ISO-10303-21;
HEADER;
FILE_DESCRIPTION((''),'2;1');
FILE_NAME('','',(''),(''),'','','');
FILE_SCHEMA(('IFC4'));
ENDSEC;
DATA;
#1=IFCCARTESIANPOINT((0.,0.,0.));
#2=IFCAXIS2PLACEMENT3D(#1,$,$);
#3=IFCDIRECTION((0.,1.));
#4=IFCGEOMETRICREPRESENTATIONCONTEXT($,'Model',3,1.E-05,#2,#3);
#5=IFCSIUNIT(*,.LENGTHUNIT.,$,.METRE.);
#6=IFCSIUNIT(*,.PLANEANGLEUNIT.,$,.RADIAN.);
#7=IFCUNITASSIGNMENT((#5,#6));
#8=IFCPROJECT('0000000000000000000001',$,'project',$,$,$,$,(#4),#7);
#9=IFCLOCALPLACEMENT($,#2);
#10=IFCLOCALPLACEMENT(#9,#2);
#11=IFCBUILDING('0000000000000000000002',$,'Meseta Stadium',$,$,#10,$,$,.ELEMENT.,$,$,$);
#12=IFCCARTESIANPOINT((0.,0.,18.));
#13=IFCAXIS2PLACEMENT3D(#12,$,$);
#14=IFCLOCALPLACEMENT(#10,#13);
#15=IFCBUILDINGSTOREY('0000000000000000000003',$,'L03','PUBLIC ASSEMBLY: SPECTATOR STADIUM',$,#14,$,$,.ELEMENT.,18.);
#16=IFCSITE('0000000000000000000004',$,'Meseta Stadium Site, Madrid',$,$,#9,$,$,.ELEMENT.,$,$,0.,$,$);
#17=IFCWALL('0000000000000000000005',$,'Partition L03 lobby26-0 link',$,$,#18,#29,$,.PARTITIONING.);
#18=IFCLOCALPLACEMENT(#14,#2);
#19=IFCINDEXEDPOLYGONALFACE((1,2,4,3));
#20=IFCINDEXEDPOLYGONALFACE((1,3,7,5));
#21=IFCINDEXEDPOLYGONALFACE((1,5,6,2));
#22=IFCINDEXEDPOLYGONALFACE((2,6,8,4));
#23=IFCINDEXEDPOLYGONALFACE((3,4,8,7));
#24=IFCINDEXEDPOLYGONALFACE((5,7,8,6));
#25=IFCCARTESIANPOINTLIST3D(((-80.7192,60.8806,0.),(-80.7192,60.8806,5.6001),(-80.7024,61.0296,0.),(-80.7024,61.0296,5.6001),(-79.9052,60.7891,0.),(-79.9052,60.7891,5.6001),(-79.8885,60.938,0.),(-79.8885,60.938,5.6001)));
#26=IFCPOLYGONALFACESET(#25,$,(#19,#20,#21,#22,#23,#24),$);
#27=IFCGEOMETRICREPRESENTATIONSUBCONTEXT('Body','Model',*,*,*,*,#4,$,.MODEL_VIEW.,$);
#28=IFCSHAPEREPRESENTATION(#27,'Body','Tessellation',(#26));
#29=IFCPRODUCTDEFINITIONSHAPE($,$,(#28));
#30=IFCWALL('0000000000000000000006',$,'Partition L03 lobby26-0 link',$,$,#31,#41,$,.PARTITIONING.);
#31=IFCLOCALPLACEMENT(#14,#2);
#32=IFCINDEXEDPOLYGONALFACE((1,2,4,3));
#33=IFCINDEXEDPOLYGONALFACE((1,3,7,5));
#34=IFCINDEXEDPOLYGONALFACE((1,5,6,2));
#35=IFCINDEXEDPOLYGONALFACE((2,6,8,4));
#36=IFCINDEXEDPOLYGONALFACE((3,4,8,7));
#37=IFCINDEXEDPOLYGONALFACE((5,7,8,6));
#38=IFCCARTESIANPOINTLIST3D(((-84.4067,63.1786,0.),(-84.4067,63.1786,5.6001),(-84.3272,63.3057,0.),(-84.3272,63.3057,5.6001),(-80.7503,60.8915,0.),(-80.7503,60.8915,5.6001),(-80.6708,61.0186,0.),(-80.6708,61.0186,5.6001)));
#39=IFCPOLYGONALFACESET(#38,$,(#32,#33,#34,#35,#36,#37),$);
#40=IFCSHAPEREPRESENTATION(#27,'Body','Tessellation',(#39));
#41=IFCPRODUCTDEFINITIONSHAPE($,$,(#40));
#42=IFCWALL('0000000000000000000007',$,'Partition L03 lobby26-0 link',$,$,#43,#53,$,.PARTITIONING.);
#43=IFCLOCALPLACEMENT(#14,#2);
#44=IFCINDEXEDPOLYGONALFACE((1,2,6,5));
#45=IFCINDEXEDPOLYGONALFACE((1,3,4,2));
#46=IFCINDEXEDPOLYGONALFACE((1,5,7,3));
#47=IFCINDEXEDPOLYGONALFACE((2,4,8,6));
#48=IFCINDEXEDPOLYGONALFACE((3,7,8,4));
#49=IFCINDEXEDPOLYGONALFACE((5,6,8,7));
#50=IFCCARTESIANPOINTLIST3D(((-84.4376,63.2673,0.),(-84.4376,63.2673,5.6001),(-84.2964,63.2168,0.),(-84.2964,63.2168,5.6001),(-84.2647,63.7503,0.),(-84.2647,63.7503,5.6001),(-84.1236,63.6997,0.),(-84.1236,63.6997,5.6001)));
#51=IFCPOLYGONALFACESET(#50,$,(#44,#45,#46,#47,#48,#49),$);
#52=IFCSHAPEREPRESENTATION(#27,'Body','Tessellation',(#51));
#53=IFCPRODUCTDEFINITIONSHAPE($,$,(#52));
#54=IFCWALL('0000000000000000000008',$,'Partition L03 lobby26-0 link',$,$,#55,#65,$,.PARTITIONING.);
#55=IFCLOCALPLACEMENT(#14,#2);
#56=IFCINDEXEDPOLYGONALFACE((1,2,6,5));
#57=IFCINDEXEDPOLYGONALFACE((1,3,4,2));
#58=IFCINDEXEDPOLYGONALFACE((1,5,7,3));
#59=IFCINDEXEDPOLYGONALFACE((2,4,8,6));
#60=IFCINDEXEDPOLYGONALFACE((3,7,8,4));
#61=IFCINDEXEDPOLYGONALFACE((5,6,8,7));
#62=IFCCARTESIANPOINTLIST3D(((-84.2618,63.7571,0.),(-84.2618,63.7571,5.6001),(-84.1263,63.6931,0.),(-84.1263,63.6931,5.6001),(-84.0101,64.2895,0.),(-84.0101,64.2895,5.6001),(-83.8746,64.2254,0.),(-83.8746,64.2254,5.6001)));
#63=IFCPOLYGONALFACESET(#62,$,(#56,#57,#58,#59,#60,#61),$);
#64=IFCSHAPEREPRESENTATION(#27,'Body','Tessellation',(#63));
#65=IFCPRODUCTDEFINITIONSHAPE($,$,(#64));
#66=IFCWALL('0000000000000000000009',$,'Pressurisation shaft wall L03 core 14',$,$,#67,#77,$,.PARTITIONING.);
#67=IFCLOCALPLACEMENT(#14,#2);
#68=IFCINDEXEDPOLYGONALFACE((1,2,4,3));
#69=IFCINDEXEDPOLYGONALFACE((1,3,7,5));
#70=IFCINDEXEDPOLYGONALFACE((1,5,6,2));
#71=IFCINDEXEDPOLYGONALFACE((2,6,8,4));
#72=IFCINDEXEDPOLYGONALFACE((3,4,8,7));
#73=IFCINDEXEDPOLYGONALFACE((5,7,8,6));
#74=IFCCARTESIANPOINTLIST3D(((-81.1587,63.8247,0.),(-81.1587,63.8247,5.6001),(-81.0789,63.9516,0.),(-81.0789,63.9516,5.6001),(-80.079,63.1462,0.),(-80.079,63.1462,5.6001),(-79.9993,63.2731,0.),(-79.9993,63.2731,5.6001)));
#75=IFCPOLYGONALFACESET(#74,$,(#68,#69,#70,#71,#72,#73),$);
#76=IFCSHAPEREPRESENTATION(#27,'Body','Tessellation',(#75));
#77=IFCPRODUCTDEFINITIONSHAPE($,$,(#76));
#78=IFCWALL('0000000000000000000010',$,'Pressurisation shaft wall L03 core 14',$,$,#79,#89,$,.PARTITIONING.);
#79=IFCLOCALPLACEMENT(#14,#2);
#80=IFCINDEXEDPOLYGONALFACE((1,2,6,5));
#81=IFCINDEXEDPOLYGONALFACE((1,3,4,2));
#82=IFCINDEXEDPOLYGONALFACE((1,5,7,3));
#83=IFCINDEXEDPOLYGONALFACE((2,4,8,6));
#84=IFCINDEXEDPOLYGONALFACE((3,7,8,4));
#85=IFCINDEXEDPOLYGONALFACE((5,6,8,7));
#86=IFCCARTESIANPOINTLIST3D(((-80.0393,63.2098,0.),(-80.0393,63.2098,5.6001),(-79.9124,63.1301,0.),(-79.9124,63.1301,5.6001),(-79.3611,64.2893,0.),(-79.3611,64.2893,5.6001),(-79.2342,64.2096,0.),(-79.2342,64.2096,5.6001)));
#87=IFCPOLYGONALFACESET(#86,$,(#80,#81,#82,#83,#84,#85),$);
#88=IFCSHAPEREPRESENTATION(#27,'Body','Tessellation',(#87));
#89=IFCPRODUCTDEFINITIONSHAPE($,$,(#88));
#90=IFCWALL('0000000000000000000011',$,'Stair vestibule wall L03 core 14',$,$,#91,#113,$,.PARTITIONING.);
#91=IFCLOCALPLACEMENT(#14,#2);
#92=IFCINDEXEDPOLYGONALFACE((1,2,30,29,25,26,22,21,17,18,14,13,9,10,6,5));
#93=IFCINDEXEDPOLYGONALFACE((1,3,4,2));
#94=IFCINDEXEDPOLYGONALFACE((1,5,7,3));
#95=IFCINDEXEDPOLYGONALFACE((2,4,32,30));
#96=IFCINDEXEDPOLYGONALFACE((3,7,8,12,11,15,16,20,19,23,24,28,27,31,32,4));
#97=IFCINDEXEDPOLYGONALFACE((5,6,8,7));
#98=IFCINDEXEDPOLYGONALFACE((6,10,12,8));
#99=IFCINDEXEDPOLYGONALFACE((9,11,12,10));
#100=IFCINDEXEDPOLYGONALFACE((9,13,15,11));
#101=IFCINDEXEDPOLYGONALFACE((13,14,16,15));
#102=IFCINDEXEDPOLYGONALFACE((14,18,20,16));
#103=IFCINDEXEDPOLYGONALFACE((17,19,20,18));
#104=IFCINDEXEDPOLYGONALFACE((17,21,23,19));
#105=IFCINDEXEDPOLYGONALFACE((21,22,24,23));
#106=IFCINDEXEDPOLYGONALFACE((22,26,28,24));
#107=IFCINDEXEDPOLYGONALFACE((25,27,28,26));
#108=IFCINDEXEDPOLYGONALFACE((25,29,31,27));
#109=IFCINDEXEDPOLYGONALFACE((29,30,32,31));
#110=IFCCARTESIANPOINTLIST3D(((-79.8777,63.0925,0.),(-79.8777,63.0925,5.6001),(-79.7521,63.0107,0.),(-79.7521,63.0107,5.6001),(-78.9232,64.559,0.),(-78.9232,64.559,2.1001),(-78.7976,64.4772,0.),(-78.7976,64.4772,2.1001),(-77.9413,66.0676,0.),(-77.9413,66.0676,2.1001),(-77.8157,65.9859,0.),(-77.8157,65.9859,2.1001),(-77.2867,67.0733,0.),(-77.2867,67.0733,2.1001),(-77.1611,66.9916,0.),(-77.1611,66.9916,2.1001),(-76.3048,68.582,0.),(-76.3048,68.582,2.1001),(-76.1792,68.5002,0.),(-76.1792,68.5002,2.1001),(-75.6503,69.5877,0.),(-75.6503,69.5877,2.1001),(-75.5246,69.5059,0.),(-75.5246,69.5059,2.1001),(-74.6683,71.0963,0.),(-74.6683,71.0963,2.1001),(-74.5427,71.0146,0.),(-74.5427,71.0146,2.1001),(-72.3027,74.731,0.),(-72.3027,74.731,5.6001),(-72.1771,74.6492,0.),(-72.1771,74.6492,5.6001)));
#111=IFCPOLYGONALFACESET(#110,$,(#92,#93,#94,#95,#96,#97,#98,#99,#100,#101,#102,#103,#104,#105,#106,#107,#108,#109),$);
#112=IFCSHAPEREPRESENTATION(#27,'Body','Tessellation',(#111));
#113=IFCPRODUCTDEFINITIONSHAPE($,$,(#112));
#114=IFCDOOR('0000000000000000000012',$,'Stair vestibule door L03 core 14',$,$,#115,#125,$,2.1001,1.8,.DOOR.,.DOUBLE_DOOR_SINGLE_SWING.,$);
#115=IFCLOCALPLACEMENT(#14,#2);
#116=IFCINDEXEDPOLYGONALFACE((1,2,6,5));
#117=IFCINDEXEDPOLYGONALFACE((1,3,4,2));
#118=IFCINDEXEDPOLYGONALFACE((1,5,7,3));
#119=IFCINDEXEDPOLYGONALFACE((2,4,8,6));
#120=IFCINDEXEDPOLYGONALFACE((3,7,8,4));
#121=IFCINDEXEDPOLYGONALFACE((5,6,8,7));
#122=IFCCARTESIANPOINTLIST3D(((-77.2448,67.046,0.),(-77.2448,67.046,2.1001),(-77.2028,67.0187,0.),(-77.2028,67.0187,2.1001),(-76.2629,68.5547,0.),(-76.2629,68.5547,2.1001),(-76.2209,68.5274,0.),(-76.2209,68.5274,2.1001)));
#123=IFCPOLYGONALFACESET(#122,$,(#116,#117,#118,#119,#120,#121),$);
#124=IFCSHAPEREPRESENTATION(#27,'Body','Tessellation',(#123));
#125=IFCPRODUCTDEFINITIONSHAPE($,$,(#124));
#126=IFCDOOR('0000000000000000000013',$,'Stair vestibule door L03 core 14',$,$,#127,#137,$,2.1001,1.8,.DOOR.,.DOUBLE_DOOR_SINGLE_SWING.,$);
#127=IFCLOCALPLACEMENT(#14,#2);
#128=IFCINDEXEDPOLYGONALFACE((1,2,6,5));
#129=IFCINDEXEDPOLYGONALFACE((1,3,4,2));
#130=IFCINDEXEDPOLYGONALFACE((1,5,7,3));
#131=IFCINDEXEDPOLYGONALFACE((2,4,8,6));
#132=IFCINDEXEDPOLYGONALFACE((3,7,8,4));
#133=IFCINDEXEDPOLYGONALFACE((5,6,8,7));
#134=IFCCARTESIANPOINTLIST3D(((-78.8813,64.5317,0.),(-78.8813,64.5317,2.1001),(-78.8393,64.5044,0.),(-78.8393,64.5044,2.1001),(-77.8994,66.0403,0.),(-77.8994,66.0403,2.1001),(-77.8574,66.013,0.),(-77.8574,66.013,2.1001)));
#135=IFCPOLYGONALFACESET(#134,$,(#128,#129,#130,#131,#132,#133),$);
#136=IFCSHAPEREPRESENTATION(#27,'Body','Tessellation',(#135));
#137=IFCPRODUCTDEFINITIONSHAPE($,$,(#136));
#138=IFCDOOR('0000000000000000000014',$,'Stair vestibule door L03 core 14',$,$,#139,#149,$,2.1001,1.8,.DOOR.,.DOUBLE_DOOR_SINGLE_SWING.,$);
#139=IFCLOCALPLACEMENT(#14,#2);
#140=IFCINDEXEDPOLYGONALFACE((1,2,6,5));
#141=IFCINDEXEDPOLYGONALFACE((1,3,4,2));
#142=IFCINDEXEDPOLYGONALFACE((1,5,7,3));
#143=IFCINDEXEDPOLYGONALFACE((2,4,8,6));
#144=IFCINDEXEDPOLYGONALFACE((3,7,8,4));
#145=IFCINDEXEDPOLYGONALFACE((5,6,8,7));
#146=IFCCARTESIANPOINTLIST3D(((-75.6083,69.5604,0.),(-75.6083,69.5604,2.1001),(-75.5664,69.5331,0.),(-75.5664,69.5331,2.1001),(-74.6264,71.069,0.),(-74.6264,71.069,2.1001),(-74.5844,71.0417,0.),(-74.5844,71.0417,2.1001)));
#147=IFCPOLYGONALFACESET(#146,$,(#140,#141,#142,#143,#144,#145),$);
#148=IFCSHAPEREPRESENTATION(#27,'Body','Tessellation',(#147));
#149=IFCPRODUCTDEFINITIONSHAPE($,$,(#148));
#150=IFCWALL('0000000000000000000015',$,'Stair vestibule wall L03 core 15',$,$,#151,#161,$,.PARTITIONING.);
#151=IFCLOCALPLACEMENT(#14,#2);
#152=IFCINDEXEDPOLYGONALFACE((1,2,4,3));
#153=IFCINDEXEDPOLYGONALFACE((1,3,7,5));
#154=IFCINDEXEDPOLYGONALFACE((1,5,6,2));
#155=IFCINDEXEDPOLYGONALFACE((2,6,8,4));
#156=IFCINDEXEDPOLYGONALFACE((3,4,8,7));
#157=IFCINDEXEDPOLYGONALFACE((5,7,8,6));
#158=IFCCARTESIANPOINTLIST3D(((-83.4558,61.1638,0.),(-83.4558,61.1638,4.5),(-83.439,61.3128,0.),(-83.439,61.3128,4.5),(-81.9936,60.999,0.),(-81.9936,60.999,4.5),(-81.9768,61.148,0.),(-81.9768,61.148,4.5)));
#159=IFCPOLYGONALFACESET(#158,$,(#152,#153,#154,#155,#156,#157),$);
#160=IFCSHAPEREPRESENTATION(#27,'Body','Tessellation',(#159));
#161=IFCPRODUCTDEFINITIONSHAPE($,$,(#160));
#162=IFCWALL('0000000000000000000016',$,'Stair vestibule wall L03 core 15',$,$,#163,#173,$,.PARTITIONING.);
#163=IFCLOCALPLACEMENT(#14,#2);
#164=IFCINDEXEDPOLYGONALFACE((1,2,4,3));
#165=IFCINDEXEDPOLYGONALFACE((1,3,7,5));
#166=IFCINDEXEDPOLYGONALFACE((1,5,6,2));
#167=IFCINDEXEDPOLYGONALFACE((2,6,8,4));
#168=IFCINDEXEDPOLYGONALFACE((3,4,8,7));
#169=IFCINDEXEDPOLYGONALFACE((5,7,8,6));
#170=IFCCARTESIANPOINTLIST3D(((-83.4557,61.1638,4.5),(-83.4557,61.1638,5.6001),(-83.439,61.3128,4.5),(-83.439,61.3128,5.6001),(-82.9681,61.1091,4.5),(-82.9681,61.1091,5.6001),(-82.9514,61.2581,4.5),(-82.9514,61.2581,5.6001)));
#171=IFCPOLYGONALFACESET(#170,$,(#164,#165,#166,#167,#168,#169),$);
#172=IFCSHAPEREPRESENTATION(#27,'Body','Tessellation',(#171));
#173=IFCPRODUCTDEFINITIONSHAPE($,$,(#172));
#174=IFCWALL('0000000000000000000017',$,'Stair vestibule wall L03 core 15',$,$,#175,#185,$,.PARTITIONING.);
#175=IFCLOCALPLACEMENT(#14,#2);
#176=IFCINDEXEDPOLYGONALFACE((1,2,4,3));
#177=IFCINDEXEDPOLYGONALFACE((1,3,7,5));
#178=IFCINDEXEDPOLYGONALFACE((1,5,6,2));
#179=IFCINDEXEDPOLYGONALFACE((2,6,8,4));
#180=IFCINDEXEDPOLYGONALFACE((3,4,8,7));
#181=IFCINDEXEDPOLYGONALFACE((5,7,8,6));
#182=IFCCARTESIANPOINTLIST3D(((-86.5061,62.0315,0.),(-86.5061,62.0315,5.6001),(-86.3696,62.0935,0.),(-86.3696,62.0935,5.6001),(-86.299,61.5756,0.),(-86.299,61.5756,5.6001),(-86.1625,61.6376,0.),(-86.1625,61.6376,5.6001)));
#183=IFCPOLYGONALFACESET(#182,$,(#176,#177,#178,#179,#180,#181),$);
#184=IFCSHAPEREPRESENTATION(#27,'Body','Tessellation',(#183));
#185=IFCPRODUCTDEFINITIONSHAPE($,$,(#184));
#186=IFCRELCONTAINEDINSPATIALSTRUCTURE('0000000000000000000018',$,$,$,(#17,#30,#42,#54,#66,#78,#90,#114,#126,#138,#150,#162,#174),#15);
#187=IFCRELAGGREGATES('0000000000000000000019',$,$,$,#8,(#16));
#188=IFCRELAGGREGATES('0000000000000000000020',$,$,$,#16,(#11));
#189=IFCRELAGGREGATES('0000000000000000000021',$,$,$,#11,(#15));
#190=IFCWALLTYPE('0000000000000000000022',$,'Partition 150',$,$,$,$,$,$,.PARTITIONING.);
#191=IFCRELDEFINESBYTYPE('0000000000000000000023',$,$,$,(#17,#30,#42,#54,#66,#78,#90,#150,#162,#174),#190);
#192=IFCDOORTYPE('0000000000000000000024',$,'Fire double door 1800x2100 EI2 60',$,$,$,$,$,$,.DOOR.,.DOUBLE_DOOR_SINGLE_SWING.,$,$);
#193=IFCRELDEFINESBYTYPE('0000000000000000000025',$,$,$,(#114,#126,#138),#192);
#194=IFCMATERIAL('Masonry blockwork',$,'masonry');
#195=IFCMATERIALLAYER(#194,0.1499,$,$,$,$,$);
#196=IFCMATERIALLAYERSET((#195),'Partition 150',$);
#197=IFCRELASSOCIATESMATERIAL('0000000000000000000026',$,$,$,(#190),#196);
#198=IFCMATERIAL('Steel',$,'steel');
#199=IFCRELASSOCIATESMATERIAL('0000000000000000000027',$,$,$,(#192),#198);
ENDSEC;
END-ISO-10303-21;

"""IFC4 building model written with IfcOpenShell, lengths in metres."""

from ifc_helpers import new_model, si_unit, direction, frame, frame_2d, origin, place, context, subcontext, project, spatial, rectangle, extrude, material, layer, layer_set, type_object, element, fill, save


model = new_model("IFC4")

# Units and contexts
model_context = context("Model", 3, precision=1e-05, world=origin(), true_north=direction((0.0, 1.0)))
body_context = subcontext(model_context, "Body", "Model", "MODEL_VIEW")
ifc_project = project(units=[si_unit("LENGTHUNIT", "METRE"), si_unit("PLANEANGLEUNIT", "RADIAN")], contexts=[model_context])

# Site, building, storey
site_placement = place(None, origin())
site = spatial("IfcSite", under=ifc_project, at=site_placement, Name="Meseta Stadium Site, Madrid", CompositionType="ELEMENT", RefElevation=0.0)
building_placement = place(site_placement, origin())
building = spatial("IfcBuilding", under=site, at=building_placement, Name="Meseta Stadium", CompositionType="ELEMENT")
storey_placement = place(building_placement, frame((0.0, 0.0, 18.0)))
storey = spatial("IfcBuildingStorey", under=building, at=storey_placement, Name="L03", Description="PUBLIC ASSEMBLY: SPECTATOR STADIUM", CompositionType="ELEMENT", Elevation=18.0)

# Walls
ifc_material_1 = material(Name="Masonry blockwork", Category="masonry")
ifc_layer_1 = layer(ifc_material_1, 0.1499)
ifc_layer_set_1 = layer_set([ifc_layer_1], Name="Partition 150")
wall_type_1 = type_object("IfcWallType", Name="Partition 150", PredefinedType="PARTITIONING", material=ifc_layer_set_1)
wall_1_placement = place(storey_placement, frame((-79.8967, 60.8635, 0.0), z_axis=(0.0, 0.0, 1.0), x_axis=(-0.993734, 0.111773, 0.0)))
element("IfcWall", 1, at=wall_1_placement, inside=storey, type_object=wall_type_1, Name="Partition L03 lobby26-0 link", PredefinedType="PARTITIONING", context=body_context, shape_type="SweptSolid", body=[
    extrude(rectangle(XDim=0.8191, YDim=0.1499, at=frame_2d((0.4097, 0.0))), origin(), (0.0, 0.0, 1.0), 5.6001),
])
wall_2_placement = place(storey_placement, frame((-80.7107, 60.9551, 0.0), z_axis=(0.0, 0.0, 1.0), x_axis=(-0.847795, 0.530325, 0.0)))
element("IfcWall", 2, at=wall_2_placement, inside=storey, type_object=wall_type_1, Name="Partition L03 lobby26-0 link", PredefinedType="PARTITIONING", context=body_context, shape_type="SweptSolid", body=[
    extrude(rectangle(XDim=4.3127, YDim=0.1499, at=frame_2d((2.1562, 0.0))), origin(), (0.0, 0.0, 1.0), 5.6001),
])
wall_3_placement = place(storey_placement, frame((-84.3669, 63.2422, 0.0), z_axis=(0.0, 0.0, 1.0), x_axis=(0.337, 0.941505, 0.0)))
element("IfcWall", 3, at=wall_3_placement, inside=storey, type_object=wall_type_1, Name="Partition L03 lobby26-0 link", PredefinedType="PARTITIONING", context=body_context, shape_type="SweptSolid", body=[
    extrude(rectangle(XDim=0.5129, YDim=0.1499, at=frame_2d((0.2563, 0.0))), origin(), (0.0, 0.0, 1.0), 5.6001),
])
wall_4_placement = place(storey_placement, frame((-84.1941, 63.7251, 0.0), z_axis=(0.0, 0.0, 1.0), x_axis=(0.427534, 0.903999, 0.0)))
element("IfcWall", 4, at=wall_4_placement, inside=storey, type_object=wall_type_1, Name="Partition L03 lobby26-0 link", PredefinedType="PARTITIONING", context=body_context, shape_type="SweptSolid", body=[
    extrude(rectangle(XDim=0.5889, YDim=0.1499, at=frame_2d((0.2944, 0.0))), origin(), (0.0, 0.0, 1.0), 5.6001),
])
wall_5_placement = place(storey_placement, frame((-81.1189, 63.8882, 0.0), z_axis=(0.0, 0.0, 1.0), x_axis=(0.846683, -0.532097, 0.0)))
element("IfcWall", 5, at=wall_5_placement, inside=storey, type_object=wall_type_1, Name="Pressurisation shaft wall L03 core 14", PredefinedType="PARTITIONING", context=body_context, shape_type="SweptSolid", body=[
    extrude(rectangle(XDim=1.2751, YDim=0.1499, at=frame_2d((0.6377, 0.0))), origin(), (0.0, 0.0, 1.0), 5.6001),
])
wall_6_placement = place(storey_placement, frame((-79.9758, 63.1699, 0.0), z_axis=(0.0, 0.0, 1.0), x_axis=(0.53196, 0.84677, 0.0)))
element("IfcWall", 6, at=wall_6_placement, inside=storey, type_object=wall_type_1, Name="Pressurisation shaft wall L03 core 14", PredefinedType="PARTITIONING", context=body_context, shape_type="SweptSolid", body=[
    extrude(rectangle(XDim=1.2749, YDim=0.1499, at=frame_2d((0.6375, 0.0))), origin(), (0.0, 0.0, 1.0), 5.6001),
])

# Wall, openings, doors
wall_7_placement = place(storey_placement, frame((-79.8149, 63.0515, 0.0), z_axis=(0.0, 0.0, 1.0), x_axis=(0.545493, 0.838115, 0.0)))
wall_7 = element("IfcWall", 7, at=wall_7_placement, inside=storey, type_object=wall_type_1, Name="Stair vestibule wall L03 core 14", PredefinedType="PARTITIONING", context=body_context, shape_type="SweptSolid", body=[
    extrude(rectangle(XDim=13.8865, YDim=0.1499, at=frame_2d((6.9434, 0.0))), origin(), (0.0, 0.0, 1.0), 5.6001),
])
opening_1_placement = place(wall_7_placement, frame((4.75, 0.0, 0.0)))
opening_1 = element("IfcOpeningElement", 8, at=opening_1_placement, cuts=wall_7, PredefinedType="OPENING", context=body_context, shape_type="SweptSolid", body=[
    extrude(rectangle(XDim=1.8, YDim=2.1001, at=frame_2d((0.8999, 1.05))), frame((0.0, 0.085, 0.0), z_axis=(0.0, -1.0, 0.0), x_axis=(1.0, 0.0, 0.0)), (0.0, 0.0, 1.0), 0.1699),
])
opening_2_placement = place(wall_7_placement, frame((1.75, 0.0, 0.0)))
opening_2 = element("IfcOpeningElement", 9, at=opening_2_placement, cuts=wall_7, PredefinedType="OPENING", context=body_context, shape_type="SweptSolid", body=[
    extrude(rectangle(XDim=1.8, YDim=2.1001, at=frame_2d((0.8999, 1.05))), frame((0.0, 0.085, 0.0), z_axis=(0.0, -1.0, 0.0), x_axis=(1.0, 0.0, 0.0)), (0.0, 0.0, 1.0), 0.1699),
])
opening_3_placement = place(wall_7_placement, frame((7.75, 0.0, 0.0)))
opening_3 = element("IfcOpeningElement", 10, at=opening_3_placement, cuts=wall_7, PredefinedType="OPENING", context=body_context, shape_type="SweptSolid", body=[
    extrude(rectangle(XDim=1.8, YDim=2.1001, at=frame_2d((0.8999, 1.05))), frame((0.0, 0.085, 0.0), z_axis=(0.0, -1.0, 0.0), x_axis=(1.0, 0.0, 0.0)), (0.0, 0.0, 1.0), 0.1699),
])
ifc_material_2 = material(Name="Steel", Category="steel")
door_type_1 = type_object("IfcDoorType", Name="Fire double door 1800x2100 EI2 60", OperationType="DOUBLE_DOOR_SINGLE_SWING", PredefinedType="DOOR", material=ifc_material_2)
door_1_placement = place(opening_1_placement, origin())
door_1 = element("IfcDoor", 11, at=door_1_placement, inside=storey, type_object=door_type_1, Name="Stair vestibule door L03 core 14", OperationType="DOUBLE_DOOR_SINGLE_SWING", OverallHeight=2.1001, OverallWidth=1.8, PredefinedType="DOOR", context=body_context, shape_type="SweptSolid", body=[
    extrude(rectangle(XDim=1.8, YDim=2.1001, at=frame_2d((0.8999, 1.05))), frame((0.0, 0.0249, 0.0), z_axis=(0.0, -1.0, 0.0), x_axis=(1.0, 0.0, 0.0)), (0.0, 0.0, 1.0), 0.05),
])
fill(opening_1, door_1)
door_2_placement = place(opening_2_placement, origin())
door_2 = element("IfcDoor", 12, at=door_2_placement, inside=storey, type_object=door_type_1, Name="Stair vestibule door L03 core 14", OperationType="DOUBLE_DOOR_SINGLE_SWING", OverallHeight=2.1001, OverallWidth=1.8, PredefinedType="DOOR", context=body_context, shape_type="SweptSolid", body=[
    extrude(rectangle(XDim=1.8, YDim=2.1001, at=frame_2d((0.8999, 1.05))), frame((0.0, 0.0249, 0.0), z_axis=(0.0, -1.0, 0.0), x_axis=(1.0, 0.0, 0.0)), (0.0, 0.0, 1.0), 0.05),
])
fill(opening_2, door_2)
door_3_placement = place(opening_3_placement, origin())
door_3 = element("IfcDoor", 13, at=door_3_placement, inside=storey, type_object=door_type_1, Name="Stair vestibule door L03 core 14", OperationType="DOUBLE_DOOR_SINGLE_SWING", OverallHeight=2.1001, OverallWidth=1.8, PredefinedType="DOOR", context=body_context, shape_type="SweptSolid", body=[
    extrude(rectangle(XDim=1.8, YDim=2.1001, at=frame_2d((0.8999, 1.05))), frame((0.0, 0.0249, 0.0), z_axis=(0.0, -1.0, 0.0), x_axis=(1.0, 0.0, 0.0)), (0.0, 0.0, 1.0), 0.05),
])
fill(opening_3, door_3)

# Walls
wall_8_placement = place(storey_placement, frame((-81.9851, 61.0735, 0.0), z_axis=(0.0, 0.0, 1.0), x_axis=(-0.993708, 0.111998, 0.0)))
element("IfcWall", 14, at=wall_8_placement, inside=storey, type_object=wall_type_1, Name="Stair vestibule wall L03 core 15", PredefinedType="PARTITIONING", context=body_context, shape_type="SweptSolid", body=[
    extrude(rectangle(XDim=1.4714, YDim=0.1499, at=frame_2d((0.7358, 0.0))), origin(), (0.0, 0.0, 1.0), 4.5),
])
wall_9_placement = place(storey_placement, frame((-82.9597, 61.1836, 4.5), z_axis=(0.0, 0.0, 1.0), x_axis=(-0.993768, 0.111469, 0.0)))
element("IfcWall", 15, at=wall_9_placement, inside=storey, type_object=wall_type_1, Name="Stair vestibule wall L03 core 15", PredefinedType="PARTITIONING", context=body_context, shape_type="SweptSolid", body=[
    extrude(rectangle(XDim=0.4907, YDim=0.1499, at=frame_2d((0.2454, 0.0))), origin(), (0.0, 0.0, 1.0), 1.1001),
])
wall_10_placement = place(storey_placement, frame((-86.2307, 61.6064, 0.0), z_axis=(0.0, 0.0, 1.0), x_axis=(-0.413546, 0.910483, 0.0)))
element("IfcWall", 16, at=wall_10_placement, inside=storey, type_object=wall_type_1, Name="Stair vestibule wall L03 core 15", PredefinedType="PARTITIONING", context=body_context, shape_type="SweptSolid", body=[
    extrude(rectangle(XDim=0.5007, YDim=0.1499, at=frame_2d((0.2505, 0.0))), origin(), (0.0, 0.0, 1.0), 5.6001),
])

save(model, "model.ifc")
